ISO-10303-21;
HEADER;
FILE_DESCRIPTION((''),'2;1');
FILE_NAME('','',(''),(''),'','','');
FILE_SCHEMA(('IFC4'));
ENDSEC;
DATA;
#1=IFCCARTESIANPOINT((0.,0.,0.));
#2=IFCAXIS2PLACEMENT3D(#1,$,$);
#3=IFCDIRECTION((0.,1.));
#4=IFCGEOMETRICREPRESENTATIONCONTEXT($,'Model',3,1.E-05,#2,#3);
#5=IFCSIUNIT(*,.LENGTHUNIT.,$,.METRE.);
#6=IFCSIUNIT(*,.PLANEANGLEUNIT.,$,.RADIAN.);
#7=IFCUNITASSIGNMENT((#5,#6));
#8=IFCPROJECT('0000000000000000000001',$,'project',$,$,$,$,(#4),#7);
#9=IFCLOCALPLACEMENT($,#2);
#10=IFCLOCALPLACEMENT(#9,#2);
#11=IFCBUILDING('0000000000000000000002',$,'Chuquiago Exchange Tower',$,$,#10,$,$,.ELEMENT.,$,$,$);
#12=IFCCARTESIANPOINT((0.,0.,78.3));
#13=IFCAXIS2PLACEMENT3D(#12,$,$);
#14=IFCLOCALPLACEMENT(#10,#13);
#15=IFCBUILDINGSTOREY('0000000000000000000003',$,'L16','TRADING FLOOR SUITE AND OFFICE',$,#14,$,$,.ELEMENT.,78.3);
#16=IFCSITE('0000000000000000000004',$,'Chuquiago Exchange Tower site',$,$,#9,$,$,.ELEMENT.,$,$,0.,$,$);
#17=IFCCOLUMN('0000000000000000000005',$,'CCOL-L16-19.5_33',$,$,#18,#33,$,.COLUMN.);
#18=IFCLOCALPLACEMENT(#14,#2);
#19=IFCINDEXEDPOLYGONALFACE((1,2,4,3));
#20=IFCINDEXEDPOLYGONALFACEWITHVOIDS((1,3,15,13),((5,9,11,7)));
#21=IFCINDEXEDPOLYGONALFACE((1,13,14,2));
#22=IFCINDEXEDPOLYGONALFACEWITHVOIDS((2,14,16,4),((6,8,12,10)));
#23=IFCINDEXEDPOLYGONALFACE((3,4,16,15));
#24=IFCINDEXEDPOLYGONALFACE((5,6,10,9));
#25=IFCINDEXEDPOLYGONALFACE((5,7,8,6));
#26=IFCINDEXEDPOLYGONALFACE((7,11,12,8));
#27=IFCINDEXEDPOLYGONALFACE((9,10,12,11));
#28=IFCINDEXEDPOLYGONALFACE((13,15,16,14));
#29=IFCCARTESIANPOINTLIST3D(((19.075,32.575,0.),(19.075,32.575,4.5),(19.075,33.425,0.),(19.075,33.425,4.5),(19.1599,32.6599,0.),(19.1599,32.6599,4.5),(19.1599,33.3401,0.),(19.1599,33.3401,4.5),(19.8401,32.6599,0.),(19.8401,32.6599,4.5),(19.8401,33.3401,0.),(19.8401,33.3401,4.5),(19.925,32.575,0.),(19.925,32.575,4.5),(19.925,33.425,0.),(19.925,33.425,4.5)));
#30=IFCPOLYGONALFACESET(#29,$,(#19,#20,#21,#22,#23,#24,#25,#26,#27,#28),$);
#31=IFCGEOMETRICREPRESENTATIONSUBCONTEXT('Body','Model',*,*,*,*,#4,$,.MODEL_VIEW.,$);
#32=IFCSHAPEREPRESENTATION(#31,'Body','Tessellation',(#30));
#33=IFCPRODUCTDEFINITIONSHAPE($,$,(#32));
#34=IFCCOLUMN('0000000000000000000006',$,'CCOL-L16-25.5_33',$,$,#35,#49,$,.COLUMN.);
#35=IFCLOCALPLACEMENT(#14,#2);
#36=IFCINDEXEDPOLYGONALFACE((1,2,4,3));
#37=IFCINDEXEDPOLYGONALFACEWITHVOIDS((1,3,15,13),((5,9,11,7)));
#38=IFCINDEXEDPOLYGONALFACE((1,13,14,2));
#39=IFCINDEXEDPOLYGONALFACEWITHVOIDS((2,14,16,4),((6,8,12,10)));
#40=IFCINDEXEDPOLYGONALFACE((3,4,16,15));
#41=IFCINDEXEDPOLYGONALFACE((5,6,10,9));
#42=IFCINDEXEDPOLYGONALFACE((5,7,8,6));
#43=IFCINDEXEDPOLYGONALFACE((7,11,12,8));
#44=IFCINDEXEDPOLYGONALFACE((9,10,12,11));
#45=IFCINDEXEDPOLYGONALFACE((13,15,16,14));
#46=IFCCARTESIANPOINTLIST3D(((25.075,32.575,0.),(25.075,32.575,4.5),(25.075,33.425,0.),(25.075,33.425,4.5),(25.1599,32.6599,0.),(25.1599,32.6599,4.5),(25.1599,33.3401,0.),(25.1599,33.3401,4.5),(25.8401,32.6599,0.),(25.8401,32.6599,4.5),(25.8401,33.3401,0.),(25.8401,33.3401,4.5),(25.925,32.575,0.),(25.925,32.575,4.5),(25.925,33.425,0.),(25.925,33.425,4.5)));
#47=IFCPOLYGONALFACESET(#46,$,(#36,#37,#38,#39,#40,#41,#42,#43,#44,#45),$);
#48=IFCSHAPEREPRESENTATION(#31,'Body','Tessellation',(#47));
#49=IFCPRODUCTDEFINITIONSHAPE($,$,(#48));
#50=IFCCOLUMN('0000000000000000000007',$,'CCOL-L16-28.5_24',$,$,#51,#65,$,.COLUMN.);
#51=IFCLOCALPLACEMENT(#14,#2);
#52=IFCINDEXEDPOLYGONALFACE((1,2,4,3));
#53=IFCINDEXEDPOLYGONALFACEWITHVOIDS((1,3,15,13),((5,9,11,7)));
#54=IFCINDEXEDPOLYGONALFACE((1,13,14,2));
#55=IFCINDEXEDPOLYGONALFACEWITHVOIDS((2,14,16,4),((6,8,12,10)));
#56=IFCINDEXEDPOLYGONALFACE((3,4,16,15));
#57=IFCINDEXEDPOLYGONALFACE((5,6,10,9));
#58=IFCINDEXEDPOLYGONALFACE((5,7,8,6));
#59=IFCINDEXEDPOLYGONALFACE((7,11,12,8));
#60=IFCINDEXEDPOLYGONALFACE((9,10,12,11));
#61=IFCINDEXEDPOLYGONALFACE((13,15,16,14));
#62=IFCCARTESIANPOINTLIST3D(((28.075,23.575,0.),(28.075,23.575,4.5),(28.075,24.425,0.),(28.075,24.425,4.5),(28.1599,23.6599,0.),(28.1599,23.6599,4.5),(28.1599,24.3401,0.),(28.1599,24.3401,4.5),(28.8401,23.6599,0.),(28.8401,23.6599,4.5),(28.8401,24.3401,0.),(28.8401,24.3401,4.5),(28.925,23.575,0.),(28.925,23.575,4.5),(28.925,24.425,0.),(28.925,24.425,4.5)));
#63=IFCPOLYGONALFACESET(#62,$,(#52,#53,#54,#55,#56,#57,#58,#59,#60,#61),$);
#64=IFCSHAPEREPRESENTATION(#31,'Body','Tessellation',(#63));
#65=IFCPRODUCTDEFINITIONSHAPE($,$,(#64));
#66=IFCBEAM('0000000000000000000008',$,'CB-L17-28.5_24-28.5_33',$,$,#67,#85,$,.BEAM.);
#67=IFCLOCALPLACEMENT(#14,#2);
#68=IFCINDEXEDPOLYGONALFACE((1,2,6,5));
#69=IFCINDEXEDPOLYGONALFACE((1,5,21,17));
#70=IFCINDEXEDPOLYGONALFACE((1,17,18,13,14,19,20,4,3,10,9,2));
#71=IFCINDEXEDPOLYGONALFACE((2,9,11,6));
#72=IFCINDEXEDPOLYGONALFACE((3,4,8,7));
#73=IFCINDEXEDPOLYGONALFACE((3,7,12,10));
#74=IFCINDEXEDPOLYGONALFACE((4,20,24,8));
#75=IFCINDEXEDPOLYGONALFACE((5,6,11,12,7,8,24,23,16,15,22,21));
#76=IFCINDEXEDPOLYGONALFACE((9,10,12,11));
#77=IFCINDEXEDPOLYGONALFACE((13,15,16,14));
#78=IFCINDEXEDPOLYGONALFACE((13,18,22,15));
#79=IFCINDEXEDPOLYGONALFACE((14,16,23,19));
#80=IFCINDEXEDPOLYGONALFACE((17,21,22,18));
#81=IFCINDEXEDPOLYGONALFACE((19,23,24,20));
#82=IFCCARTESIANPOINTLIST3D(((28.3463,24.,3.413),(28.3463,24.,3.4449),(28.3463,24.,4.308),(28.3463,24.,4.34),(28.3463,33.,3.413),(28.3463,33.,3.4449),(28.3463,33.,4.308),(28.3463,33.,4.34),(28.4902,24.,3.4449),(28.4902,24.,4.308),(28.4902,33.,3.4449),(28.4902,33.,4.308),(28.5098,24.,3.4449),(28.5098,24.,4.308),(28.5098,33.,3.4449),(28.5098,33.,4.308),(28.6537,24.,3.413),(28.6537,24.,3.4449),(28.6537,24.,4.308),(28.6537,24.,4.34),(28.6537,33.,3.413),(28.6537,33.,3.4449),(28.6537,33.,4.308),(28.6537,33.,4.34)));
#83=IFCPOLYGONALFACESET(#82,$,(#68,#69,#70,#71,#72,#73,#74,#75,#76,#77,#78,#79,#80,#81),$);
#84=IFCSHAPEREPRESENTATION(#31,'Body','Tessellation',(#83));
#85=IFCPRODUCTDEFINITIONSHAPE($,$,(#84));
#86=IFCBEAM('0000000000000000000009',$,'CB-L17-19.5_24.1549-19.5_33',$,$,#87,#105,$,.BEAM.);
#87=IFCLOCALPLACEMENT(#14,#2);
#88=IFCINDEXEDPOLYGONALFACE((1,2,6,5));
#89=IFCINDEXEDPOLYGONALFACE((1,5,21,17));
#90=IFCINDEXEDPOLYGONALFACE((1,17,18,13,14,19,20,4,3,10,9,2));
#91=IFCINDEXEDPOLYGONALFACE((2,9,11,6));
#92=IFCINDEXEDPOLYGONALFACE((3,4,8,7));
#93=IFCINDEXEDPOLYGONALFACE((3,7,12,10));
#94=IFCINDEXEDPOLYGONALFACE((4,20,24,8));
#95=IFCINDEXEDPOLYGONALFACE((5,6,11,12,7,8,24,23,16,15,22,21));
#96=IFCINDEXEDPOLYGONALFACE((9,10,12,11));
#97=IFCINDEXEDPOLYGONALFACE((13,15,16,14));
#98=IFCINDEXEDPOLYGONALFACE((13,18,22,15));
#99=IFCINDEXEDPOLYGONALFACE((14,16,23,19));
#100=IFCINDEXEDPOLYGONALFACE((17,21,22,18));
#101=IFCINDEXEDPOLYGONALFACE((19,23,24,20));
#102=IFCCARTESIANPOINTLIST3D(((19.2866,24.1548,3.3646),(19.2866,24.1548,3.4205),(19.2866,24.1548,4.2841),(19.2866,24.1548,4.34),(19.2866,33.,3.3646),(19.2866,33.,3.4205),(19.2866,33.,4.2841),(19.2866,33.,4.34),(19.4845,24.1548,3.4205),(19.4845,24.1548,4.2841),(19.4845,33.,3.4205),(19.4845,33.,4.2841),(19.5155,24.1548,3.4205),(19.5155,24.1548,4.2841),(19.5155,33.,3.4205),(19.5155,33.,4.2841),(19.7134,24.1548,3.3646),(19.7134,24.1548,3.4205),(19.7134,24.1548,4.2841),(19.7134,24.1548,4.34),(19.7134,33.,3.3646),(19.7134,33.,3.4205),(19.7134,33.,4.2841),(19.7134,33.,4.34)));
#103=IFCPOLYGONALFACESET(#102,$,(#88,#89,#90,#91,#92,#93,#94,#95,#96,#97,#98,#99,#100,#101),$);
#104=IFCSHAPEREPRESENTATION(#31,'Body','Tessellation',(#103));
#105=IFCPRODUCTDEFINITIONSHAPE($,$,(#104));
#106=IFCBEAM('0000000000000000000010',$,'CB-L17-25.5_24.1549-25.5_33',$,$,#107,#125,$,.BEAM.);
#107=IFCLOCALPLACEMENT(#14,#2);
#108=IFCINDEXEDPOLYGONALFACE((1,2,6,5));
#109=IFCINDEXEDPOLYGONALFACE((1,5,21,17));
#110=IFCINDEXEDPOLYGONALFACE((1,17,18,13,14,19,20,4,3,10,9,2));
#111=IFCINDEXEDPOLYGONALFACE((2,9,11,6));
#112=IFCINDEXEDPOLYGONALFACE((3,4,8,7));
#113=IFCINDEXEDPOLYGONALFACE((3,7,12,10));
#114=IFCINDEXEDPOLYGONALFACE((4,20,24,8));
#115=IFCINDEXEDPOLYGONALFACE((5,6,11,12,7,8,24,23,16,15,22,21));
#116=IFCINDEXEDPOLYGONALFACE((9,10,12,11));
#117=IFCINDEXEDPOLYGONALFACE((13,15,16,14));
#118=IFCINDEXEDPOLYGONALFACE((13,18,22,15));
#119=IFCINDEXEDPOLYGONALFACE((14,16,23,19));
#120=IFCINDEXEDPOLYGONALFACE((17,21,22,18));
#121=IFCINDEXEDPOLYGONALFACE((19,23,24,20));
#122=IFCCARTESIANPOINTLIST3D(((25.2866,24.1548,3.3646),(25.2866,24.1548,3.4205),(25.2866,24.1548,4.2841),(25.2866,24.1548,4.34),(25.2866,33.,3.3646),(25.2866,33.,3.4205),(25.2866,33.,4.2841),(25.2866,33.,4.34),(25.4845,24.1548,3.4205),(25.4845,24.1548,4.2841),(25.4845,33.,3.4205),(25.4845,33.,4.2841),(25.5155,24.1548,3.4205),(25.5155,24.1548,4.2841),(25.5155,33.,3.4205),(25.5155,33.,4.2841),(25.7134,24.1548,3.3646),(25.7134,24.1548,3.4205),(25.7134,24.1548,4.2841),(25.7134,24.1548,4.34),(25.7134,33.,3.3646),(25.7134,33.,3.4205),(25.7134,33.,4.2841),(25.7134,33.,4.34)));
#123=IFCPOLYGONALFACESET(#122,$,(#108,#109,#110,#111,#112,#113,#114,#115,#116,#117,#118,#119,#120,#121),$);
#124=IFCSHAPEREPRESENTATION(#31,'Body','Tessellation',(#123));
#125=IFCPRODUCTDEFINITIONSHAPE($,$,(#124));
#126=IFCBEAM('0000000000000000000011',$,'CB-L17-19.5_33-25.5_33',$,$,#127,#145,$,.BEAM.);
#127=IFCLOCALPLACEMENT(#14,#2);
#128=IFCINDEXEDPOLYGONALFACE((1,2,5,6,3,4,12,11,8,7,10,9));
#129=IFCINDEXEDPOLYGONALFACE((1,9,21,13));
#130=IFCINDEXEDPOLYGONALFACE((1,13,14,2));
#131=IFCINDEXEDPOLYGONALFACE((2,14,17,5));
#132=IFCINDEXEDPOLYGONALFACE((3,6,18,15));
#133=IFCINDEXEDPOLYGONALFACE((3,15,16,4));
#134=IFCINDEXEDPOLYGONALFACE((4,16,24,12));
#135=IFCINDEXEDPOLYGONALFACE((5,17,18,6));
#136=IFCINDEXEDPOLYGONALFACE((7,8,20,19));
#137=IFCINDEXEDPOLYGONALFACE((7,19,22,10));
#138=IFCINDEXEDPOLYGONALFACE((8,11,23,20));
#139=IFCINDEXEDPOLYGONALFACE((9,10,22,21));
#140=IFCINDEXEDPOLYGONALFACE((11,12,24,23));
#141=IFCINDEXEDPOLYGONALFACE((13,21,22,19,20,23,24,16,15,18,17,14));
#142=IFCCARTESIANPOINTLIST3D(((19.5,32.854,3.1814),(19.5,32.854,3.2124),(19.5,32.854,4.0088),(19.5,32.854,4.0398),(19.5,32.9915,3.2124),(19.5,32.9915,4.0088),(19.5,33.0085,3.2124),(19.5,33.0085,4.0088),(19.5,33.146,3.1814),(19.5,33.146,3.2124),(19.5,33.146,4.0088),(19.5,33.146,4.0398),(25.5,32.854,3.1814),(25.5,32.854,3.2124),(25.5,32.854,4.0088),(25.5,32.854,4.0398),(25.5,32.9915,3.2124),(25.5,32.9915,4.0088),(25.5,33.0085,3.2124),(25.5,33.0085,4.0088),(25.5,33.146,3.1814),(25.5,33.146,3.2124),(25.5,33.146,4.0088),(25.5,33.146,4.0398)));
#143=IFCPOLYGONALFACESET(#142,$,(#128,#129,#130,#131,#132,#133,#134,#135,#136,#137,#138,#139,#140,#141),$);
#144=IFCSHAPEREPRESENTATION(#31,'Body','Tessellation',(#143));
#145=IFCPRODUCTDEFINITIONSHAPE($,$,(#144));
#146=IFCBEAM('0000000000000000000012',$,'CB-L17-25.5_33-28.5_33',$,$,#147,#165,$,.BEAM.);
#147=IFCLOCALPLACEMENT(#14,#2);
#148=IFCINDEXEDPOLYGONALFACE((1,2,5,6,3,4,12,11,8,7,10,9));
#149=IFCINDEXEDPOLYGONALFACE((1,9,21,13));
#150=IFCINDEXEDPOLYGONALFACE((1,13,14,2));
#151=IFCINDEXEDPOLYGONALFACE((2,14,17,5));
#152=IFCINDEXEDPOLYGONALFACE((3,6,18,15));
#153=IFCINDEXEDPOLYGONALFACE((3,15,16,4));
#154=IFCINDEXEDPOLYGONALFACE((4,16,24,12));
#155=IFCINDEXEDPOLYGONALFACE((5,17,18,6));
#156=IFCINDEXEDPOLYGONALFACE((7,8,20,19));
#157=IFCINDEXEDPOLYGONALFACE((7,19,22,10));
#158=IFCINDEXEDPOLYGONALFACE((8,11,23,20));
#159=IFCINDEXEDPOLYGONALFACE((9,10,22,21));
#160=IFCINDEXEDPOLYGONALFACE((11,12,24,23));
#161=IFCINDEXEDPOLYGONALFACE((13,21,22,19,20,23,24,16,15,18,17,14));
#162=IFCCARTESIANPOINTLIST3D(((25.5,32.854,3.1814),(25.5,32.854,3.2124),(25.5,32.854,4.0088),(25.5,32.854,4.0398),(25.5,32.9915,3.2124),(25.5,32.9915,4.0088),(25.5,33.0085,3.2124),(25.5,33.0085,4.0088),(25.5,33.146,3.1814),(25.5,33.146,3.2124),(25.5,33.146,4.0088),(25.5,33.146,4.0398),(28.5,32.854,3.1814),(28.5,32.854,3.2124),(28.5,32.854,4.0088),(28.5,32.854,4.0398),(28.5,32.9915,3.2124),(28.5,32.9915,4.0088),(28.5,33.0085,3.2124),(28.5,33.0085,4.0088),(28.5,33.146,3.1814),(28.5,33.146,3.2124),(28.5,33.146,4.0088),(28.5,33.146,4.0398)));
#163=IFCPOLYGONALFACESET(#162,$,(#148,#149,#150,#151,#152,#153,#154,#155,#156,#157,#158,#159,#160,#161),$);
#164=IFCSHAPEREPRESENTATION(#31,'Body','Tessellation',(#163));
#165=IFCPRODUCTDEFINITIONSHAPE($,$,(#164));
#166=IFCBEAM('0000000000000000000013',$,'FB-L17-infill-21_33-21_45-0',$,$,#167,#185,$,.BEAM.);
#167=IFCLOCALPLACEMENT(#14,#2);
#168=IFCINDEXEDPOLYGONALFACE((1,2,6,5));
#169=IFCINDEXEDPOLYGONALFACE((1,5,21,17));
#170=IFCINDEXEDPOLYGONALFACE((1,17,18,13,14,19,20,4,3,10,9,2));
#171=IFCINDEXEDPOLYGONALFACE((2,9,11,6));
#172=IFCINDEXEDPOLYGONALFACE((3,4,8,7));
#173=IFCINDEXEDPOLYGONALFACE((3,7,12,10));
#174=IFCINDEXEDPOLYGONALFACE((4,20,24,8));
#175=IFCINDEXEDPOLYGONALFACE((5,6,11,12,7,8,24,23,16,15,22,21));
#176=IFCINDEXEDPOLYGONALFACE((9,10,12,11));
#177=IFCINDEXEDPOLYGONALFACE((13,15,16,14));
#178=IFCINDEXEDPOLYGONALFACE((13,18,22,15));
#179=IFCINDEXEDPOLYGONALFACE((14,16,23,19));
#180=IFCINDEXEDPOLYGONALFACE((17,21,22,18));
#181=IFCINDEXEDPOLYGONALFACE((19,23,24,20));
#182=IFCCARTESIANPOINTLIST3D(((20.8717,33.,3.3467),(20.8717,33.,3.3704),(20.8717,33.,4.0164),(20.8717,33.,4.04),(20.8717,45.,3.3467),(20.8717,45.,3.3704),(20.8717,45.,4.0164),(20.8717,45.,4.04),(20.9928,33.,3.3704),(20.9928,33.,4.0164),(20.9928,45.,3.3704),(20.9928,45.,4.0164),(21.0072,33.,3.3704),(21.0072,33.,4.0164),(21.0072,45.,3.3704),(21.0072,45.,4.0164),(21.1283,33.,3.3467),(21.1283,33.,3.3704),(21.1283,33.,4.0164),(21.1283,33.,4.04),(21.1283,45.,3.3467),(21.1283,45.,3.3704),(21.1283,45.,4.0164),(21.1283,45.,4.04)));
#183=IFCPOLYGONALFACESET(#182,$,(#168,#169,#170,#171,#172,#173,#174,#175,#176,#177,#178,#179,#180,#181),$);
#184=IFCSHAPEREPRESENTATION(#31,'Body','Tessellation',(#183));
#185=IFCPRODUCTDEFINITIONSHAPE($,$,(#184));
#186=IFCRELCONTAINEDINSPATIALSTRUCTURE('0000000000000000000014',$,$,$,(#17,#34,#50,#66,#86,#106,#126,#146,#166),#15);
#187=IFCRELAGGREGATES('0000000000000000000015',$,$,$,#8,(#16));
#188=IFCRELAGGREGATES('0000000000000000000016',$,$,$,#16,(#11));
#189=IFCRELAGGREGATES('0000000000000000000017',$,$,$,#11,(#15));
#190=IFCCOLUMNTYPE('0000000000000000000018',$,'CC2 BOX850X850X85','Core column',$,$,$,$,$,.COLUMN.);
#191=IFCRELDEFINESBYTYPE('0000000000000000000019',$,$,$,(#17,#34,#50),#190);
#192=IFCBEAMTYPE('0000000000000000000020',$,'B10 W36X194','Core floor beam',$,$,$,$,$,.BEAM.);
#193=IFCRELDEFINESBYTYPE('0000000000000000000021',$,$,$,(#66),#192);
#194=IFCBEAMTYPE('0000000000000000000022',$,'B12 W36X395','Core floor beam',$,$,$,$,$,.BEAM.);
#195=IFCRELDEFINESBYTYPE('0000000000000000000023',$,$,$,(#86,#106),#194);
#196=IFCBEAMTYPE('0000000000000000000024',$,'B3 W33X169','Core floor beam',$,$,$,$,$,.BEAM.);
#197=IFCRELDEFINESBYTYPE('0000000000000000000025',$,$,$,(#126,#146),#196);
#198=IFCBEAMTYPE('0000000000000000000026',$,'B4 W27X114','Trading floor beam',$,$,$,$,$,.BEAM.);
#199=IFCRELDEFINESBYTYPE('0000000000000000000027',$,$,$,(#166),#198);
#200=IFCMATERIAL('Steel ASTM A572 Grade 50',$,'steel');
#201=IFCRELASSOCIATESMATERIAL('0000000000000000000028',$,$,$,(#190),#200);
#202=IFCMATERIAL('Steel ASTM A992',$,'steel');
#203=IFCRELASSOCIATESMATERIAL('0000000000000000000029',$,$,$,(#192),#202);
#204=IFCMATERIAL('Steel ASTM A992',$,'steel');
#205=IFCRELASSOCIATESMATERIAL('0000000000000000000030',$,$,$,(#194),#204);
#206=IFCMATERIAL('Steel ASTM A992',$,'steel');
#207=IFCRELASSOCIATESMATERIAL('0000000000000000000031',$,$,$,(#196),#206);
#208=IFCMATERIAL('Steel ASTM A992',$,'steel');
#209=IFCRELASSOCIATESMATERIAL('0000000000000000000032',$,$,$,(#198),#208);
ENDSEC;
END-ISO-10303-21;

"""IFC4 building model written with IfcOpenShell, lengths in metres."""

from ifc_helpers import new_model, si_unit, direction, frame, origin, origin_2d, place, context, subcontext, project, spatial, hollow_rectangle, i_section, extrude, material, material_profile, profile_set, type_object, element, save


model = new_model("IFC4")

# Units and contexts
model_context = context("Model", 3, precision=1e-05, world=origin(), true_north=direction((0.0, 1.0)))
body_context = subcontext(model_context, "Body", "Model", "MODEL_VIEW")
ifc_project = project(units=[si_unit("LENGTHUNIT", "METRE"), si_unit("PLANEANGLEUNIT", "RADIAN")], contexts=[model_context])

# Site, building, storey
site_placement = place(None, origin())
site = spatial("IfcSite", under=ifc_project, at=site_placement, Name="Chuquiago Exchange Tower site", CompositionType="ELEMENT", RefElevation=0.0)
building_placement = place(site_placement, origin())
building = spatial("IfcBuilding", under=site, at=building_placement, Name="Chuquiago Exchange Tower", CompositionType="ELEMENT")
storey_placement = place(building_placement, frame((0.0, 0.0, 78.3)))
storey = spatial("IfcBuildingStorey", under=building, at=storey_placement, Name="L16", Description="TRADING FLOOR SUITE AND OFFICE", CompositionType="ELEMENT", Elevation=78.3)

# Columns
ifc_material_1 = material(Name="Steel ASTM A572 Grade 50", Category="steel")
ifc_material_profile_1 = material_profile(ifc_material_1, hollow_rectangle(XDim=0.8501, YDim=0.8501, WallThickness=0.085, at=origin_2d()), Name="BOX850X850X85")
ifc_profile_set_1 = profile_set([ifc_material_profile_1], Name="Steel ASTM A572 Grade 50")
column_type = type_object("IfcColumnType", Name="CC2 BOX850X850X85", Description="Core column", PredefinedType="COLUMN", material=ifc_profile_set_1)
for number, where, z_axis, x_axis, name in (
    (1, (19.5, 33.0, 0.0), (0.0, 0.0, 1.0), (1.0, 0.0, 0.0), "CCOL-L16-19.5_33"),
    (2, (25.5, 33.0, 0.0), (0.0, 0.0, 1.0), (1.0, 0.0, 0.0), "CCOL-L16-25.5_33"),
    (3, (28.5, 24.0, 0.0), (0.0, 0.0, 1.0), (1.0, 0.0, 0.0), "CCOL-L16-28.5_24"),
):
    element("IfcColumn", number, at=place(storey_placement, frame(where, z_axis=z_axis, x_axis=x_axis)), inside=storey, type_object=column_type, Name=name, PredefinedType="COLUMN", context=body_context, shape_type="SweptSolid", body=[
        extrude(hollow_rectangle(XDim=0.8501, YDim=0.8501, WallThickness=0.085, at=origin_2d()), origin(), (0.0, 0.0, 1.0), 4.5),
    ])

# Beams
ifc_material_2 = material(Name="Steel ASTM A992", Category="steel")
ifc_material_profile_2 = material_profile(ifc_material_2, i_section(OverallWidth=0.3074, OverallDepth=0.927, WebThickness=0.0195, FlangeThickness=0.032, at=origin_2d()), Name="W36X194")
ifc_profile_set_2 = profile_set([ifc_material_profile_2], Name="Steel ASTM A992")
beam_type_1 = type_object("IfcBeamType", Name="B10 W36X194", Description="Core floor beam", PredefinedType="BEAM", material=ifc_profile_set_2)
beam_1_placement = place(storey_placement, frame((28.5, 24.0, 3.8765), z_axis=(0.0, 1.0, 0.0), x_axis=(-1.0, 0.0, 0.0)))
element("IfcBeam", 4, at=beam_1_placement, inside=storey, type_object=beam_type_1, Name="CB-L17-28.5_24-28.5_33", PredefinedType="BEAM", context=body_context, shape_type="SweptSolid", body=[
    extrude(i_section(OverallWidth=0.3074, OverallDepth=0.927, WebThickness=0.0195, FlangeThickness=0.032, at=origin_2d()), origin(), (0.0, 0.0, 1.0), 9.0),
])
ifc_material_3 = material(Name="Steel ASTM A992", Category="steel")
ifc_material_profile_3 = material_profile(ifc_material_3, i_section(OverallWidth=0.4268, OverallDepth=0.9753, WebThickness=0.031, FlangeThickness=0.0559, at=origin_2d()), Name="W36X395")
ifc_profile_set_3 = profile_set([ifc_material_profile_3], Name="Steel ASTM A992")
beam_type_2 = type_object("IfcBeamType", Name="B12 W36X395", Description="Core floor beam", PredefinedType="BEAM", material=ifc_profile_set_3)
for number, where, z_axis, x_axis, name in (
    (5, (19.5, 24.1548, 3.8523), (0.0, 1.0, 0.0), (-1.0, 0.0, 0.0), "CB-L17-19.5_24.1549-19.5_33"),
    (6, (25.5, 24.1548, 3.8523), (0.0, 1.0, 0.0), (-1.0, 0.0, 0.0), "CB-L17-25.5_24.1549-25.5_33"),
):
    element("IfcBeam", number, at=place(storey_placement, frame(where, z_axis=z_axis, x_axis=x_axis)), inside=storey, type_object=beam_type_2, Name=name, PredefinedType="BEAM", context=body_context, shape_type="SweptSolid", body=[
        extrude(i_section(OverallWidth=0.4268, OverallDepth=0.9753, WebThickness=0.031, FlangeThickness=0.0559, at=origin_2d()), origin(), (0.0, 0.0, 1.0), 8.8452),
    ])
ifc_material_4 = material(Name="Steel ASTM A992", Category="steel")
ifc_material_profile_4 = material_profile(ifc_material_4, i_section(OverallWidth=0.292, OverallDepth=0.8584, WebThickness=0.0171, FlangeThickness=0.031, at=origin_2d()), Name="W33X169")
ifc_profile_set_4 = profile_set([ifc_material_profile_4], Name="Steel ASTM A992")
beam_type_3 = type_object("IfcBeamType", Name="B3 W33X169", Description="Core floor beam", PredefinedType="BEAM", material=ifc_profile_set_4)
beam_2_placement = place(storey_placement, frame((19.5, 33.0, 3.6106), z_axis=(1.0, 0.0, 0.0), x_axis=(0.0, 1.0, 0.0)))
element("IfcBeam", 7, at=beam_2_placement, inside=storey, type_object=beam_type_3, Name="CB-L17-19.5_33-25.5_33", PredefinedType="BEAM", context=body_context, shape_type="SweptSolid", body=[
    extrude(i_section(OverallWidth=0.292, OverallDepth=0.8584, WebThickness=0.0171, FlangeThickness=0.031, at=origin_2d()), origin(), (0.0, 0.0, 1.0), 6.0),
])
beam_3_placement = place(storey_placement, frame((25.5, 33.0, 3.6106), z_axis=(1.0, 0.0, 0.0), x_axis=(0.0, 1.0, 0.0)))
element("IfcBeam", 8, at=beam_3_placement, inside=storey, type_object=beam_type_3, Name="CB-L17-25.5_33-28.5_33", PredefinedType="BEAM", context=body_context, shape_type="SweptSolid", body=[
    extrude(i_section(OverallWidth=0.292, OverallDepth=0.8584, WebThickness=0.0171, FlangeThickness=0.031, at=origin_2d()), origin(), (0.0, 0.0, 1.0), 3.0),
])
ifc_material_5 = material(Name="Steel ASTM A992", Category="steel")
ifc_material_profile_5 = material_profile(ifc_material_5, i_section(OverallWidth=0.2566, OverallDepth=0.6934, WebThickness=0.0144, FlangeThickness=0.0237, at=origin_2d()), Name="W27X114")
ifc_profile_set_5 = profile_set([ifc_material_profile_5], Name="Steel ASTM A992")
beam_type_4 = type_object("IfcBeamType", Name="B4 W27X114", Description="Trading floor beam", PredefinedType="BEAM", material=ifc_profile_set_5)
for number, where, z_axis, x_axis, name in (
    (9, (21.0, 33.0, 3.6934), (0.0, 1.0, 0.0), (-1.0, 0.0, 0.0), "FB-L17-infill-21_33-21_45-0"),
):
    element("IfcBeam", number, at=place(storey_placement, frame(where, z_axis=z_axis, x_axis=x_axis)), inside=storey, type_object=beam_type_4, Name=name, PredefinedType="BEAM", context=body_context, shape_type="SweptSolid", body=[
        extrude(i_section(OverallWidth=0.2566, OverallDepth=0.6934, WebThickness=0.0144, FlangeThickness=0.0237, at=origin_2d()), origin(), (0.0, 0.0, 1.0), 12.0),
    ])

save(model, "model.ifc")
